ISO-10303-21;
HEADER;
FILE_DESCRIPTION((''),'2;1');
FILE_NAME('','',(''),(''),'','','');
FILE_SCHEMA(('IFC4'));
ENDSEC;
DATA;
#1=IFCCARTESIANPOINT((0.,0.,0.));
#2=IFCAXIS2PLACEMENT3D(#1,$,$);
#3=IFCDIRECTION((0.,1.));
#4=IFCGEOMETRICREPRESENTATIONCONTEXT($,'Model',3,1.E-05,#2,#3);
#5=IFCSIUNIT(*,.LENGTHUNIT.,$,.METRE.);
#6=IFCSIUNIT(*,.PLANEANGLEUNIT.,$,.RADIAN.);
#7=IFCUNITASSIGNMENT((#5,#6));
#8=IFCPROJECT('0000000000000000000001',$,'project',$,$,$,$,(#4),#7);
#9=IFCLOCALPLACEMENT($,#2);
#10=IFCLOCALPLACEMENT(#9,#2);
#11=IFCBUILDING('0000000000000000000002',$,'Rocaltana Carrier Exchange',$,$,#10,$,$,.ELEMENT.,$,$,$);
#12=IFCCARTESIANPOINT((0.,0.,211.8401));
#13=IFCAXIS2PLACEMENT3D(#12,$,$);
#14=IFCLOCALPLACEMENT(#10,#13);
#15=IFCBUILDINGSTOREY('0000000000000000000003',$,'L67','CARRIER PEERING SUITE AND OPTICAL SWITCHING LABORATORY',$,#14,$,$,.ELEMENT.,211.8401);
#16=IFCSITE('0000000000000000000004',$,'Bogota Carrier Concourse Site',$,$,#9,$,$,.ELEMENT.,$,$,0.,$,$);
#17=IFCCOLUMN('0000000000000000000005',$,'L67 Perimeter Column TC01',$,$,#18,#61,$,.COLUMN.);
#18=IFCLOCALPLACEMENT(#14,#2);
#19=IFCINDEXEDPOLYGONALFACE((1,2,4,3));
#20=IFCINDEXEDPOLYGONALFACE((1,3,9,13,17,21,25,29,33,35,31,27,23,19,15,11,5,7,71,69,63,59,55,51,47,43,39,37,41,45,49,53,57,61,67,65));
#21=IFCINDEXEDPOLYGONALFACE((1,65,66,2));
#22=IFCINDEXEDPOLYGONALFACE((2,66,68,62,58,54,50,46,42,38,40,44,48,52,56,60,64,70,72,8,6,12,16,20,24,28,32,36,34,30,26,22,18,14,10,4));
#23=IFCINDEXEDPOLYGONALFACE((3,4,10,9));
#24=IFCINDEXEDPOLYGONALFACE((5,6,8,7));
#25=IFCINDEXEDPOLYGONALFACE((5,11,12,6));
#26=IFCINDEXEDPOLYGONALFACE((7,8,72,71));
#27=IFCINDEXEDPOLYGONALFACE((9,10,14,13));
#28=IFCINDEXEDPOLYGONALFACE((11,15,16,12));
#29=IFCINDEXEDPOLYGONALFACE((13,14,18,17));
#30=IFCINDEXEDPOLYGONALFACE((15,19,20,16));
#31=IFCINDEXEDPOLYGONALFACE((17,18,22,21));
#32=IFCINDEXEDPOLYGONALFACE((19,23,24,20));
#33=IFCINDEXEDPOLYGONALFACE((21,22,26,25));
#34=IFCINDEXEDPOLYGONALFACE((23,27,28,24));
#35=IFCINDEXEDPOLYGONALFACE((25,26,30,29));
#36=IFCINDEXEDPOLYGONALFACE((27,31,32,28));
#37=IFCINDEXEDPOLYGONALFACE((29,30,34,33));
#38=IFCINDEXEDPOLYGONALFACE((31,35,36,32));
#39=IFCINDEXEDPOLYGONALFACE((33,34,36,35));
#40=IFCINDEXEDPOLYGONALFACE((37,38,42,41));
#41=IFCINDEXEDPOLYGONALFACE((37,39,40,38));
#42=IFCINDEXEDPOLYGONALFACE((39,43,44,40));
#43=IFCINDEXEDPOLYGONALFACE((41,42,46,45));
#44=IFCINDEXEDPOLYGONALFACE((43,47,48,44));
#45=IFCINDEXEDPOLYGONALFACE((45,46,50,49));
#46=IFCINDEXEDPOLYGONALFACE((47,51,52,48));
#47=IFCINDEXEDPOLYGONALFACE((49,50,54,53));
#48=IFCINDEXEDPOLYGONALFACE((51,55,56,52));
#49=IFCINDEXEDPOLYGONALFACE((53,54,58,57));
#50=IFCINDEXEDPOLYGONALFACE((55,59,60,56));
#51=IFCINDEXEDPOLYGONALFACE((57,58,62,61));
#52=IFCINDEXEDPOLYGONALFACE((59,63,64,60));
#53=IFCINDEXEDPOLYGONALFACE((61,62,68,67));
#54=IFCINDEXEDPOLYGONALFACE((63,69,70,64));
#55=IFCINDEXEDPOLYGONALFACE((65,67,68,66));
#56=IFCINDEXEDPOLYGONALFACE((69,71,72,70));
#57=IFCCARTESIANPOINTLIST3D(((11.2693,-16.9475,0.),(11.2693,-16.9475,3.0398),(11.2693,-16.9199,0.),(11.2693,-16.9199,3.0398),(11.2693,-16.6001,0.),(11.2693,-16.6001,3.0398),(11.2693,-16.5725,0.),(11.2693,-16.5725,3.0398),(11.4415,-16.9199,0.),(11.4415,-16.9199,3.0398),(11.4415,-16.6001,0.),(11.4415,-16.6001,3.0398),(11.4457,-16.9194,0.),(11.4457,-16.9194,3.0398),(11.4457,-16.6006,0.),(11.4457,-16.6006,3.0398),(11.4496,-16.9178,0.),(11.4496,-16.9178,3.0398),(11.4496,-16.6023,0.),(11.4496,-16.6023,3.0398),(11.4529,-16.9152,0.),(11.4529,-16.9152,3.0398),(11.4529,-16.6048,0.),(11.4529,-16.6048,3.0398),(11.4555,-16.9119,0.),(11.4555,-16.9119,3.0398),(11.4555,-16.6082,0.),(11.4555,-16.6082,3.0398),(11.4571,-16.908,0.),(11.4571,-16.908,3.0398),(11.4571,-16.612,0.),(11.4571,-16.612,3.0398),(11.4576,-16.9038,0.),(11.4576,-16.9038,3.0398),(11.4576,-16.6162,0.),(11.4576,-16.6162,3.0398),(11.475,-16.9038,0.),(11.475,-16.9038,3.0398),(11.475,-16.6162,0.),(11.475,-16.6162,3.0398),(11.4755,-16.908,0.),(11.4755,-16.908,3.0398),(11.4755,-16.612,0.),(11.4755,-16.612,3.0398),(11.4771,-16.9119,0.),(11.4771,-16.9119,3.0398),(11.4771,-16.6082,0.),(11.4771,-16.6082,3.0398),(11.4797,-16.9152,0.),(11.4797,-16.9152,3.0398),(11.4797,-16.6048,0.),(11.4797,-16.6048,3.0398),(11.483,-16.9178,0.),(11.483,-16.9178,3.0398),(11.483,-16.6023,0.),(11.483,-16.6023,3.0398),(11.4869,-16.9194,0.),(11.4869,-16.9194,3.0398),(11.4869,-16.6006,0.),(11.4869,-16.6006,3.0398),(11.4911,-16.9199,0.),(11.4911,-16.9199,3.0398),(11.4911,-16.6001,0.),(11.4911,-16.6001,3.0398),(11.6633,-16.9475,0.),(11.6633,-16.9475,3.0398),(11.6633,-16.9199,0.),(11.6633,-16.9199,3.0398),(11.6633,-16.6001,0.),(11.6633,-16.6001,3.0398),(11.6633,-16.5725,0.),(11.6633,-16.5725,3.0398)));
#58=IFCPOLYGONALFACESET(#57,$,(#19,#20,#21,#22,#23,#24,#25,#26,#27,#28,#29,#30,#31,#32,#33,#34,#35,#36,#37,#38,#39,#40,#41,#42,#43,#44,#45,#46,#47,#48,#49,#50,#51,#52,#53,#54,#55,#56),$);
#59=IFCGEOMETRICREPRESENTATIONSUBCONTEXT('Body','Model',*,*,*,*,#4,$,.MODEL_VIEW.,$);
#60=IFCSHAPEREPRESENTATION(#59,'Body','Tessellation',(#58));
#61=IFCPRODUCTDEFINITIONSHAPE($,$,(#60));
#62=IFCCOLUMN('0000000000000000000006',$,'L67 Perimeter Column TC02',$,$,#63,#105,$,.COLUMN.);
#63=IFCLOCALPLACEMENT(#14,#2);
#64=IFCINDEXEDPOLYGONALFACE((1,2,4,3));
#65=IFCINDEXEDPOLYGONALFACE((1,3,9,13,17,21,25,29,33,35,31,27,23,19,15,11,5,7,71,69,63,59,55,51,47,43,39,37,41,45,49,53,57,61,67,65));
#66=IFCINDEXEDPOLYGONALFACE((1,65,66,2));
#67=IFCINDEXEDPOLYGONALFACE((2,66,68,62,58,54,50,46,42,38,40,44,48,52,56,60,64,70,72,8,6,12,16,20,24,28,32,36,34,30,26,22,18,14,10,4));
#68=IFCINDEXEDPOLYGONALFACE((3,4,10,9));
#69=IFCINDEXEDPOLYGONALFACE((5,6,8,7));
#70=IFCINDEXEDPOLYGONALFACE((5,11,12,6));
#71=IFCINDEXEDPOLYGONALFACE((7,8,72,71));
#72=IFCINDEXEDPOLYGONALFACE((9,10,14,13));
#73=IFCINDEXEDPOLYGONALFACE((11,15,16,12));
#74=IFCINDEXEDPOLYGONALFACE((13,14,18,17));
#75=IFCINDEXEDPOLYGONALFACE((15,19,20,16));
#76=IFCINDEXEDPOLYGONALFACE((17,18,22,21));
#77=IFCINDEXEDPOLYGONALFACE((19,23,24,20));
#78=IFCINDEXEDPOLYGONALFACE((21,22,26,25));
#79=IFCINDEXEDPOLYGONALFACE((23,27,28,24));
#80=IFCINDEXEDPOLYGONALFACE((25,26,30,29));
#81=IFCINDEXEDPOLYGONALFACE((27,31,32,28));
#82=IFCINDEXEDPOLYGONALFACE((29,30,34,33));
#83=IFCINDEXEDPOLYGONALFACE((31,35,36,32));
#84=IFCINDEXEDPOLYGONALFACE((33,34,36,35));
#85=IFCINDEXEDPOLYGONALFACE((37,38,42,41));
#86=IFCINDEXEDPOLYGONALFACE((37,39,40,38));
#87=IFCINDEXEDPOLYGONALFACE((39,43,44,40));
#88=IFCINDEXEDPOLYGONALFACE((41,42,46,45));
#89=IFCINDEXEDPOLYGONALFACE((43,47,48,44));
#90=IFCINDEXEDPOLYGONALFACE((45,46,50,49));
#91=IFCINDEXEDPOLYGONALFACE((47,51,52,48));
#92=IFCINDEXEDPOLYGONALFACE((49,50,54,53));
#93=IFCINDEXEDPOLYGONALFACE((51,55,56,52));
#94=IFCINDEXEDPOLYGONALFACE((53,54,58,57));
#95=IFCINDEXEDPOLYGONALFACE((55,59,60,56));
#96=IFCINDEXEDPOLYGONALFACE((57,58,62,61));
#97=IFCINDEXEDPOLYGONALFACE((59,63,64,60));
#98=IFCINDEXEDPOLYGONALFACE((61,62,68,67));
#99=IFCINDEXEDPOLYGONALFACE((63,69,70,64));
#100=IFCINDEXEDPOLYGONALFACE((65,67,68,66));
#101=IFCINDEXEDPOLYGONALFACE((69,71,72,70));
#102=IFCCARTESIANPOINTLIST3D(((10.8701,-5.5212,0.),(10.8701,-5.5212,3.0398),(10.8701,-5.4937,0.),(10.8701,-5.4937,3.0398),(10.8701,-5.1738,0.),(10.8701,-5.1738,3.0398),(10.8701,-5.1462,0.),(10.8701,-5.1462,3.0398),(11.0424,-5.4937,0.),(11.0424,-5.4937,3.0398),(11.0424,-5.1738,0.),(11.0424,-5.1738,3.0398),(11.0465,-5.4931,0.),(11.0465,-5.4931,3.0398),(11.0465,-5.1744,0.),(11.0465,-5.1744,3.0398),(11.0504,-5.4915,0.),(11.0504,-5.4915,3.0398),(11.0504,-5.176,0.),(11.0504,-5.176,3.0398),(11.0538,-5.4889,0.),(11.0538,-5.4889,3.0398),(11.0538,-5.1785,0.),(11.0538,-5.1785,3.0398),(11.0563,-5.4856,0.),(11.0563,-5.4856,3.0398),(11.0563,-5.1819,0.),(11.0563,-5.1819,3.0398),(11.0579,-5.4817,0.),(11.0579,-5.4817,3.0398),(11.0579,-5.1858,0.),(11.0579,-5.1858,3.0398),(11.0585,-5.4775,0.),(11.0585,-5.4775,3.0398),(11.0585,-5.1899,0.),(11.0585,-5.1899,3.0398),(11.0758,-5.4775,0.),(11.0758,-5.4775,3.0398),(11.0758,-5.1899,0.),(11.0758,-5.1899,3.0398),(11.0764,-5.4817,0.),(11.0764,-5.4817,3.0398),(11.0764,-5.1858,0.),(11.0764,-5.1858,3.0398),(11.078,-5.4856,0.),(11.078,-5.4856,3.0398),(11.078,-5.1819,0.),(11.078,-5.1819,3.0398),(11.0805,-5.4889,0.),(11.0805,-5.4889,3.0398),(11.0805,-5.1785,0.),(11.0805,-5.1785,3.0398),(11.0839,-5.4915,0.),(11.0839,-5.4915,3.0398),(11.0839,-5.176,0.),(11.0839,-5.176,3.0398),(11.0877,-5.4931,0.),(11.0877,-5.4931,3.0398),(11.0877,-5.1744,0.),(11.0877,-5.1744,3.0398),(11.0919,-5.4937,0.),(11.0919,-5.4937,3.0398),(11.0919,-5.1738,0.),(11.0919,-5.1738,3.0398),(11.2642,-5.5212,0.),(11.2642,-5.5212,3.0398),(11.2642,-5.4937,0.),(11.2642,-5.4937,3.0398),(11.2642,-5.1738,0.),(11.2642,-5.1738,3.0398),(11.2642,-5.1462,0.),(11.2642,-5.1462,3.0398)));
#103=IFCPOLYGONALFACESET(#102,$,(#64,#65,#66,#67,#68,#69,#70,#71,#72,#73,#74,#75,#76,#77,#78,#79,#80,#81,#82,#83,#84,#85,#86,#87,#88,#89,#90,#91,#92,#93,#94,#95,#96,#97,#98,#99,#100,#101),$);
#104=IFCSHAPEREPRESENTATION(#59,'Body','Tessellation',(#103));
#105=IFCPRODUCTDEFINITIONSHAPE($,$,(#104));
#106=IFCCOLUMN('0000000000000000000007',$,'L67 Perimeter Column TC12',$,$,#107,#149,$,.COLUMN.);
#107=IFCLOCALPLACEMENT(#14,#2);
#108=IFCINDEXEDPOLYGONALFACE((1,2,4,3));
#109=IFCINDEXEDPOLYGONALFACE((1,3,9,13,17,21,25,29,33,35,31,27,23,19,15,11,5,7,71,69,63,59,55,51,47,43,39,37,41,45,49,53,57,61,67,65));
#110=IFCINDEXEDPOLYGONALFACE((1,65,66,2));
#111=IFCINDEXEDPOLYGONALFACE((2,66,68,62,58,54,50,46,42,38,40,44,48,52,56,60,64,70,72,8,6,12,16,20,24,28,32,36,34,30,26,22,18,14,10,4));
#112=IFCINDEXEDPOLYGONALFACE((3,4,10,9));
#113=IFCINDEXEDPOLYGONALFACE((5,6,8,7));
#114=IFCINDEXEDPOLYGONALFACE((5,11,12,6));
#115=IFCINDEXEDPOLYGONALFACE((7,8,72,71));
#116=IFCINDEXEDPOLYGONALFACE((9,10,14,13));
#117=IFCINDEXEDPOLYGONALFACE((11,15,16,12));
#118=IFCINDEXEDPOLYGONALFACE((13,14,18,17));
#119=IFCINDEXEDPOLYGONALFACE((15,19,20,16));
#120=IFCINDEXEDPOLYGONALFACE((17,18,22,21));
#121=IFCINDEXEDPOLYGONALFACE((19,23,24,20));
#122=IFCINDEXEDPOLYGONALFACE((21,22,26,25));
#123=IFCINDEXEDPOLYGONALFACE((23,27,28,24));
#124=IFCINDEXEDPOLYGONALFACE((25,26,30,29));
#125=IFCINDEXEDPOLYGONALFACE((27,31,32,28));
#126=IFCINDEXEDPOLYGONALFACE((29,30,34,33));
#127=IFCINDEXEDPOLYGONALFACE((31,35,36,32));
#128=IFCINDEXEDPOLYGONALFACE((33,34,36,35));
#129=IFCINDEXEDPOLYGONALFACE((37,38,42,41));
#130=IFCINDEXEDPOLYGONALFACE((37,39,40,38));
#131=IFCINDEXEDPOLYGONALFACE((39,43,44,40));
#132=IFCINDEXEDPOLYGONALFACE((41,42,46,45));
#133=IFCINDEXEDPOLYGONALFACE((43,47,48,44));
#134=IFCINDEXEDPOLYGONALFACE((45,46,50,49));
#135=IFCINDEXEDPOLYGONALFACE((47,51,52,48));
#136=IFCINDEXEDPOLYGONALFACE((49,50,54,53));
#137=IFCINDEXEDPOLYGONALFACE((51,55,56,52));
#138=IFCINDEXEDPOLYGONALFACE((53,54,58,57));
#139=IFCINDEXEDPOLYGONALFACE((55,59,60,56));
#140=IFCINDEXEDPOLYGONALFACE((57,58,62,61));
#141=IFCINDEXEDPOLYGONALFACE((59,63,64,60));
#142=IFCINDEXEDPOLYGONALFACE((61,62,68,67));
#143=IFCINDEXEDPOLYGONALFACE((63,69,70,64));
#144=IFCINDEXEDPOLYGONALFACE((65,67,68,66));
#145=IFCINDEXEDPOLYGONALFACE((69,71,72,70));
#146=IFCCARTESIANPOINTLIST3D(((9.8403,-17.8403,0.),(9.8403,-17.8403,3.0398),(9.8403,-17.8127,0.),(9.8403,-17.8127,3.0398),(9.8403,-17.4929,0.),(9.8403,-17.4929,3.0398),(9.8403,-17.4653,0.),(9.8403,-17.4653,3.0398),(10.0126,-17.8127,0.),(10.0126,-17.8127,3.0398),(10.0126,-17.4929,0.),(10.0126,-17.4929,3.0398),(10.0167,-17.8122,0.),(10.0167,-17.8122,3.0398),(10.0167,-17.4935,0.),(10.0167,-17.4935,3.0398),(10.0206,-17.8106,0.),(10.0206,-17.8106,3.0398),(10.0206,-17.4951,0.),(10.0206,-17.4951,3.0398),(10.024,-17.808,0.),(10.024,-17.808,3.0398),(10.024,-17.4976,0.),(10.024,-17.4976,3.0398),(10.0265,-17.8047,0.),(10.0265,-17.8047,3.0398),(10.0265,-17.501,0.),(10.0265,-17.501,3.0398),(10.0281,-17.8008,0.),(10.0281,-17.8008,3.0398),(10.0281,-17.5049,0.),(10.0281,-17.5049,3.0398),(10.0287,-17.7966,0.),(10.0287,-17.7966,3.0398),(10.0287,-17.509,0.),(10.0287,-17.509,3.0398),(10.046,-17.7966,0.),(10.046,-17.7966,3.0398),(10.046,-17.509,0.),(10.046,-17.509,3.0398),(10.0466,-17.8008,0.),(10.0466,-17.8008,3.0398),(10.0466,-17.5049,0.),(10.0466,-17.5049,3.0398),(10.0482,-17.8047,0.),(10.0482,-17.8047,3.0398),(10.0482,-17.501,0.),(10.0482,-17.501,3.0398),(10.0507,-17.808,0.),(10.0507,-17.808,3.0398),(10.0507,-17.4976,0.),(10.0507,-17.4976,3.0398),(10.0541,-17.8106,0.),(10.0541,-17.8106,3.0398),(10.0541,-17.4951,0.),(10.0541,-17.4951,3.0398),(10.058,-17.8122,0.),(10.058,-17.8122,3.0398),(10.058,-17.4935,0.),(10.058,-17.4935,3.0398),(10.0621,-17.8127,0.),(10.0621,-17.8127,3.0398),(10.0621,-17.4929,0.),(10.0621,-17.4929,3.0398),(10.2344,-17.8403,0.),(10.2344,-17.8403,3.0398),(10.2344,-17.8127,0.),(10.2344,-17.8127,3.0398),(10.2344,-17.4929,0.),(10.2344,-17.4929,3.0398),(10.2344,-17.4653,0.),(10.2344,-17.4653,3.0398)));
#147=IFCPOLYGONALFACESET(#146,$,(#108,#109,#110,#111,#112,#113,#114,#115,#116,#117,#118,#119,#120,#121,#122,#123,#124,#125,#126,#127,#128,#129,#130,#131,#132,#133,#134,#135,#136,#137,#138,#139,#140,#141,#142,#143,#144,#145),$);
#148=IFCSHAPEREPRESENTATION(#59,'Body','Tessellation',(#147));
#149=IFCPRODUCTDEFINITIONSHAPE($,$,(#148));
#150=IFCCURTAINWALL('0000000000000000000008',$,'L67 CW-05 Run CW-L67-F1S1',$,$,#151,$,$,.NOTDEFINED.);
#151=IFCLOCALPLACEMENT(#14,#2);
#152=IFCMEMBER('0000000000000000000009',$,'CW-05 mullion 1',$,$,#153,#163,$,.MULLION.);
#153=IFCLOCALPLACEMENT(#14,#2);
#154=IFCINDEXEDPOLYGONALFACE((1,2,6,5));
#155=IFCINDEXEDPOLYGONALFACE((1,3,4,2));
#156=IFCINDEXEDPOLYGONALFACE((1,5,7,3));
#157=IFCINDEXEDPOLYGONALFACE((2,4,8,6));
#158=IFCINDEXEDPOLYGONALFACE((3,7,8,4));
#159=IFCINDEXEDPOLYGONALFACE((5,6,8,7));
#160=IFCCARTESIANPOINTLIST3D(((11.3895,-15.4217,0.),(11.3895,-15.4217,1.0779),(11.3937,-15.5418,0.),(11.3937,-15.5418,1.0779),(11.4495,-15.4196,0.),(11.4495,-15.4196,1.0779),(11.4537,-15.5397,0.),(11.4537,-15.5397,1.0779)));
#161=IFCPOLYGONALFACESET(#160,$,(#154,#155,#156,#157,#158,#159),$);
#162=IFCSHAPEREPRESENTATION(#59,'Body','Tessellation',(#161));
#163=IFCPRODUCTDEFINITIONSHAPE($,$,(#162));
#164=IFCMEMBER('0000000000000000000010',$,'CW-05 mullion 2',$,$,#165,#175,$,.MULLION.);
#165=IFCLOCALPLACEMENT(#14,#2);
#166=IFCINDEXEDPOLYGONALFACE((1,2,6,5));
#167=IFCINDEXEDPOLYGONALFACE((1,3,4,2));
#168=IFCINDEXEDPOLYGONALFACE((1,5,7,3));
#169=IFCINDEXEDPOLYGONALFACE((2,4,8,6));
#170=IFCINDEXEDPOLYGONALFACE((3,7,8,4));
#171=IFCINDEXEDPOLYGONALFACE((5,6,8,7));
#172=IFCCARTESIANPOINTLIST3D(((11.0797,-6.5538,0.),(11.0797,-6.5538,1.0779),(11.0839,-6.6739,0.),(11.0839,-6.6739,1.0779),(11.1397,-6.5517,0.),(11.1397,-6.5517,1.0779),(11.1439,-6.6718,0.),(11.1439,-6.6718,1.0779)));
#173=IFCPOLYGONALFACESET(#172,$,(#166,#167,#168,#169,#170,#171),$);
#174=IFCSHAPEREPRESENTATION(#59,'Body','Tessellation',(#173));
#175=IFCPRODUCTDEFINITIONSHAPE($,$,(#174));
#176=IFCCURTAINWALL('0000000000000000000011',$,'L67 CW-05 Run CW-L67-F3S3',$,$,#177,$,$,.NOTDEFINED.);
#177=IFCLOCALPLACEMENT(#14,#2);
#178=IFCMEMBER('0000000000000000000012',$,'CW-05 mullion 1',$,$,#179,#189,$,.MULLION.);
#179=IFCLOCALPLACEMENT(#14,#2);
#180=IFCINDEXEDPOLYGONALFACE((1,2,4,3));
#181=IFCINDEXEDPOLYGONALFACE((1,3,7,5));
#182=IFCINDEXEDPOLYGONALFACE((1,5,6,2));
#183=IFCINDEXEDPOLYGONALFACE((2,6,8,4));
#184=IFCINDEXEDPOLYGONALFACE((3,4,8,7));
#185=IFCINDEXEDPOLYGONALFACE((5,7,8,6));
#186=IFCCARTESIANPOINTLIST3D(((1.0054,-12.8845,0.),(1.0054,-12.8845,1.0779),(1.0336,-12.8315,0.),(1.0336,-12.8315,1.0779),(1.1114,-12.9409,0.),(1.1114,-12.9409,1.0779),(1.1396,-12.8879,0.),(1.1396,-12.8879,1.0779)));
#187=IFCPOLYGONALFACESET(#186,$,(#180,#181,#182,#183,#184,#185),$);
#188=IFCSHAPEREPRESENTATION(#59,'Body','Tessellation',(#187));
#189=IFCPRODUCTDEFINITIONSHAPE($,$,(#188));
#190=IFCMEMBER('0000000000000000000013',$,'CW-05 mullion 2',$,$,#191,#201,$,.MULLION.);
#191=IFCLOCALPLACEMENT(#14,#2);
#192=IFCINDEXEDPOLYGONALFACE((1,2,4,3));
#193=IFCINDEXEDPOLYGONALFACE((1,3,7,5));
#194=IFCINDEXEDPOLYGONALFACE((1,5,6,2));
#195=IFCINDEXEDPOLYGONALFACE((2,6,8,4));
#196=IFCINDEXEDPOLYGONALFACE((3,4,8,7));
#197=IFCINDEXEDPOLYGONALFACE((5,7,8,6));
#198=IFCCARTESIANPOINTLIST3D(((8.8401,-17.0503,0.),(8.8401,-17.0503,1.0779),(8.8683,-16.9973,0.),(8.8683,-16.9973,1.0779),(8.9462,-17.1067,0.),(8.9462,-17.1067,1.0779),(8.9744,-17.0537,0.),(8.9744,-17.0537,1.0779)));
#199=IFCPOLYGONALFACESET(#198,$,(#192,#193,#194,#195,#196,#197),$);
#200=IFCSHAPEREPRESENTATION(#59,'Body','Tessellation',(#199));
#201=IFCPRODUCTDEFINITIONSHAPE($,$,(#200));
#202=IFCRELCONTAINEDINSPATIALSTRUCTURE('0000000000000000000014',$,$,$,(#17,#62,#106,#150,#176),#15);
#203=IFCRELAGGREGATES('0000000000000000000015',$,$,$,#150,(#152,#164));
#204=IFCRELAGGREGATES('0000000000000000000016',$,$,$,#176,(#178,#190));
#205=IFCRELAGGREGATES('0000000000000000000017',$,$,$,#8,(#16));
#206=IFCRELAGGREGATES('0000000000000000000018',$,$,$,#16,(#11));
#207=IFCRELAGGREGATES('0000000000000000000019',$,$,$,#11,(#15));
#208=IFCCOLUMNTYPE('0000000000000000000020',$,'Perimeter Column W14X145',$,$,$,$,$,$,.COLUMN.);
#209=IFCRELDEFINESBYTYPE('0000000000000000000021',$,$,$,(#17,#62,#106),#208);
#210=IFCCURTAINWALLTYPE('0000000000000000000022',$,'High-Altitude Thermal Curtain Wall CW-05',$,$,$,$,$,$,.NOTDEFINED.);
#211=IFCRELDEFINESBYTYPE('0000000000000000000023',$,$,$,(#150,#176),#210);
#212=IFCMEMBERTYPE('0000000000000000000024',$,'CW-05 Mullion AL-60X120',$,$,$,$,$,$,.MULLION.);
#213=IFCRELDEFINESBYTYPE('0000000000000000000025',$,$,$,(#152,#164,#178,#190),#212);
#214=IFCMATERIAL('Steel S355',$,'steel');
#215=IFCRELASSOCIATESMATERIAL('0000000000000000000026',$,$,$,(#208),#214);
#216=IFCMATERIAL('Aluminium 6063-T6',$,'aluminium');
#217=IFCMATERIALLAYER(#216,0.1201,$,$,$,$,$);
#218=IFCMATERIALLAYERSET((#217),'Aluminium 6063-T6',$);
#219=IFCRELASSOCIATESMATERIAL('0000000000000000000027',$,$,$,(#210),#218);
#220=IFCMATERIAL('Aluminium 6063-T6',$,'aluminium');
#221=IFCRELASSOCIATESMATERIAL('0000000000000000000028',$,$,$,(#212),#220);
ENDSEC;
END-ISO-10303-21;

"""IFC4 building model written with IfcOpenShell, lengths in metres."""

from ifc_helpers import new_model, si_unit, direction, frame, origin, origin_2d, place, context, subcontext, project, spatial, rectangle, i_section, extrude, material, layer, layer_set, material_profile, profile_set, type_object, element, aggregate, save


model = new_model("IFC4")

# Units and contexts
model_context = context("Model", 3, precision=1e-05, world=origin(), true_north=direction((0.0, 1.0)))
body_context = subcontext(model_context, "Body", "Model", "MODEL_VIEW")
ifc_project = project(units=[si_unit("LENGTHUNIT", "METRE"), si_unit("PLANEANGLEUNIT", "RADIAN")], contexts=[model_context])

# Site, building, storey
site_placement = place(None, origin())
site = spatial("IfcSite", under=ifc_project, at=site_placement, Name="Bogota Carrier Concourse Site", CompositionType="ELEMENT", RefElevation=0.0)
building_placement = place(site_placement, origin())
building = spatial("IfcBuilding", under=site, at=building_placement, Name="Rocaltana Carrier Exchange", CompositionType="ELEMENT")
storey_placement = place(building_placement, frame((0.0, 0.0, 211.8401)))
storey = spatial("IfcBuildingStorey", under=building, at=storey_placement, Name="L67", Description="CARRIER PEERING SUITE AND OPTICAL SWITCHING LABORATORY", CompositionType="ELEMENT", Elevation=211.8401)

# Columns
ifc_material_1 = material(Name="Steel S355", Category="steel")
ifc_material_profile_1 = material_profile(ifc_material_1, i_section(OverallWidth=0.394, OverallDepth=0.375, WebThickness=0.0173, FlangeThickness=0.0276, FilletRadius=0.0161, at=origin_2d()), Name="W14X145")
ifc_profile_set_1 = profile_set([ifc_material_profile_1], Name="Steel S355")
column_type = type_object("IfcColumnType", Name="Perimeter Column W14X145", PredefinedType="COLUMN", material=ifc_profile_set_1)
for number, where, z_axis, x_axis, name in (
    (1, (11.4663, -16.76, 0.0), (0.0, 0.0, 1.0), (1.0, 0.0, 0.0), "L67 Perimeter Column TC01"),
    (2, (11.0671, -5.3337, 0.0), (0.0, 0.0, 1.0), (1.0, 0.0, 0.0), "L67 Perimeter Column TC02"),
    (3, (10.0374, -17.6528, 0.0), (0.0, 0.0, 1.0), (1.0, 0.0, 0.0), "L67 Perimeter Column TC12"),
):
    element("IfcColumn", number, at=place(storey_placement, frame(where, z_axis=z_axis, x_axis=x_axis)), inside=storey, type_object=column_type, Name=name, PredefinedType="COLUMN", context=body_context, shape_type="SweptSolid", body=[
        extrude(i_section(OverallWidth=0.394, OverallDepth=0.375, WebThickness=0.0173, FlangeThickness=0.0276, FilletRadius=0.0161, at=origin_2d()), origin(), (0.0, 0.0, 1.0), 3.0398),
    ])

# Curtain walls, members
ifc_material_2 = material(Name="Aluminium 6063-T6", Category="aluminium")
ifc_layer_1 = layer(ifc_material_2, 0.1201)
ifc_layer_set_1 = layer_set([ifc_layer_1], Name="Aluminium 6063-T6")
curtain_wall_type = type_object("IfcCurtainWallType", Name="High-Altitude Thermal Curtain Wall CW-05", PredefinedType="NOTDEFINED", material=ifc_layer_set_1)
curtain_wall_1_placement = place(storey_placement, origin())
curtain_wall_1 = element("IfcCurtainWall", 4, at=curtain_wall_1_placement, inside=storey, type_object=curtain_wall_type, Name="L67 CW-05 Run CW-L67-F1S1", PredefinedType="NOTDEFINED")
ifc_material_3 = material(Name="Aluminium 6063-T6", Category="aluminium")
ifc_material_profile_2 = material_profile(ifc_material_3, rectangle(XDim=0.0601, YDim=0.1201, at=origin_2d()), Name="AL-60X120")
ifc_profile_set_2 = profile_set([ifc_material_profile_2], Name="Aluminium 6063-T6")
member_type_1 = type_object("IfcMemberType", Name="CW-05 Mullion AL-60X120", PredefinedType="MULLION", material=ifc_profile_set_2)
member_1_placement = place(storey_placement, frame((11.4216, -15.4807, 0.0), z_axis=(0.0, 0.0, 1.0), x_axis=(-0.99939, -0.034914, 0.0)))
member_1 = element("IfcMember", 5, at=member_1_placement, type_object=member_type_1, Name="CW-05 mullion 1", PredefinedType="MULLION", context=body_context, shape_type="SweptSolid", body=[
    extrude(rectangle(XDim=0.0601, YDim=0.1201, at=origin_2d()), origin(), (0.0, 0.0, 1.0), 1.0779),
])
member_2_placement = place(storey_placement, frame((11.1118, -6.6128, 0.0), z_axis=(0.0, 0.0, 1.0), x_axis=(-0.99939, -0.034914, 0.0)))
member_2 = element("IfcMember", 6, at=member_2_placement, type_object=member_type_1, Name="CW-05 mullion 2", PredefinedType="MULLION", context=body_context, shape_type="SweptSolid", body=[
    extrude(rectangle(XDim=0.0601, YDim=0.1201, at=origin_2d()), origin(), (0.0, 0.0, 1.0), 1.0779),
])
curtain_wall_2_placement = place(storey_placement, origin())
curtain_wall_2 = element("IfcCurtainWall", 7, at=curtain_wall_2_placement, inside=storey, type_object=curtain_wall_type, Name="L67 CW-05 Run CW-L67-F3S3", PredefinedType="NOTDEFINED")
member_3_placement = place(storey_placement, frame((1.0725, -12.8862, 0.0), z_axis=(0.0, 0.0, 1.0), x_axis=(0.469475, 0.882946, 0.0)))
member_3 = element("IfcMember", 8, at=member_3_placement, type_object=member_type_1, Name="CW-05 mullion 1", PredefinedType="MULLION", context=body_context, shape_type="SweptSolid", body=[
    extrude(rectangle(XDim=0.0601, YDim=0.1201, at=origin_2d()), origin(), (0.0, 0.0, 1.0), 1.0779),
])
member_4_placement = place(storey_placement, frame((8.9072, -17.052, 0.0), z_axis=(0.0, 0.0, 1.0), x_axis=(0.469475, 0.882946, 0.0)))
member_4 = element("IfcMember", 9, at=member_4_placement, type_object=member_type_1, Name="CW-05 mullion 2", PredefinedType="MULLION", context=body_context, shape_type="SweptSolid", body=[
    extrude(rectangle(XDim=0.0601, YDim=0.1201, at=origin_2d()), origin(), (0.0, 0.0, 1.0), 1.0779),
])

aggregate(curtain_wall_1, [member_1, member_2])
aggregate(curtain_wall_2, [member_3, member_4])

save(model, "model.ifc")
